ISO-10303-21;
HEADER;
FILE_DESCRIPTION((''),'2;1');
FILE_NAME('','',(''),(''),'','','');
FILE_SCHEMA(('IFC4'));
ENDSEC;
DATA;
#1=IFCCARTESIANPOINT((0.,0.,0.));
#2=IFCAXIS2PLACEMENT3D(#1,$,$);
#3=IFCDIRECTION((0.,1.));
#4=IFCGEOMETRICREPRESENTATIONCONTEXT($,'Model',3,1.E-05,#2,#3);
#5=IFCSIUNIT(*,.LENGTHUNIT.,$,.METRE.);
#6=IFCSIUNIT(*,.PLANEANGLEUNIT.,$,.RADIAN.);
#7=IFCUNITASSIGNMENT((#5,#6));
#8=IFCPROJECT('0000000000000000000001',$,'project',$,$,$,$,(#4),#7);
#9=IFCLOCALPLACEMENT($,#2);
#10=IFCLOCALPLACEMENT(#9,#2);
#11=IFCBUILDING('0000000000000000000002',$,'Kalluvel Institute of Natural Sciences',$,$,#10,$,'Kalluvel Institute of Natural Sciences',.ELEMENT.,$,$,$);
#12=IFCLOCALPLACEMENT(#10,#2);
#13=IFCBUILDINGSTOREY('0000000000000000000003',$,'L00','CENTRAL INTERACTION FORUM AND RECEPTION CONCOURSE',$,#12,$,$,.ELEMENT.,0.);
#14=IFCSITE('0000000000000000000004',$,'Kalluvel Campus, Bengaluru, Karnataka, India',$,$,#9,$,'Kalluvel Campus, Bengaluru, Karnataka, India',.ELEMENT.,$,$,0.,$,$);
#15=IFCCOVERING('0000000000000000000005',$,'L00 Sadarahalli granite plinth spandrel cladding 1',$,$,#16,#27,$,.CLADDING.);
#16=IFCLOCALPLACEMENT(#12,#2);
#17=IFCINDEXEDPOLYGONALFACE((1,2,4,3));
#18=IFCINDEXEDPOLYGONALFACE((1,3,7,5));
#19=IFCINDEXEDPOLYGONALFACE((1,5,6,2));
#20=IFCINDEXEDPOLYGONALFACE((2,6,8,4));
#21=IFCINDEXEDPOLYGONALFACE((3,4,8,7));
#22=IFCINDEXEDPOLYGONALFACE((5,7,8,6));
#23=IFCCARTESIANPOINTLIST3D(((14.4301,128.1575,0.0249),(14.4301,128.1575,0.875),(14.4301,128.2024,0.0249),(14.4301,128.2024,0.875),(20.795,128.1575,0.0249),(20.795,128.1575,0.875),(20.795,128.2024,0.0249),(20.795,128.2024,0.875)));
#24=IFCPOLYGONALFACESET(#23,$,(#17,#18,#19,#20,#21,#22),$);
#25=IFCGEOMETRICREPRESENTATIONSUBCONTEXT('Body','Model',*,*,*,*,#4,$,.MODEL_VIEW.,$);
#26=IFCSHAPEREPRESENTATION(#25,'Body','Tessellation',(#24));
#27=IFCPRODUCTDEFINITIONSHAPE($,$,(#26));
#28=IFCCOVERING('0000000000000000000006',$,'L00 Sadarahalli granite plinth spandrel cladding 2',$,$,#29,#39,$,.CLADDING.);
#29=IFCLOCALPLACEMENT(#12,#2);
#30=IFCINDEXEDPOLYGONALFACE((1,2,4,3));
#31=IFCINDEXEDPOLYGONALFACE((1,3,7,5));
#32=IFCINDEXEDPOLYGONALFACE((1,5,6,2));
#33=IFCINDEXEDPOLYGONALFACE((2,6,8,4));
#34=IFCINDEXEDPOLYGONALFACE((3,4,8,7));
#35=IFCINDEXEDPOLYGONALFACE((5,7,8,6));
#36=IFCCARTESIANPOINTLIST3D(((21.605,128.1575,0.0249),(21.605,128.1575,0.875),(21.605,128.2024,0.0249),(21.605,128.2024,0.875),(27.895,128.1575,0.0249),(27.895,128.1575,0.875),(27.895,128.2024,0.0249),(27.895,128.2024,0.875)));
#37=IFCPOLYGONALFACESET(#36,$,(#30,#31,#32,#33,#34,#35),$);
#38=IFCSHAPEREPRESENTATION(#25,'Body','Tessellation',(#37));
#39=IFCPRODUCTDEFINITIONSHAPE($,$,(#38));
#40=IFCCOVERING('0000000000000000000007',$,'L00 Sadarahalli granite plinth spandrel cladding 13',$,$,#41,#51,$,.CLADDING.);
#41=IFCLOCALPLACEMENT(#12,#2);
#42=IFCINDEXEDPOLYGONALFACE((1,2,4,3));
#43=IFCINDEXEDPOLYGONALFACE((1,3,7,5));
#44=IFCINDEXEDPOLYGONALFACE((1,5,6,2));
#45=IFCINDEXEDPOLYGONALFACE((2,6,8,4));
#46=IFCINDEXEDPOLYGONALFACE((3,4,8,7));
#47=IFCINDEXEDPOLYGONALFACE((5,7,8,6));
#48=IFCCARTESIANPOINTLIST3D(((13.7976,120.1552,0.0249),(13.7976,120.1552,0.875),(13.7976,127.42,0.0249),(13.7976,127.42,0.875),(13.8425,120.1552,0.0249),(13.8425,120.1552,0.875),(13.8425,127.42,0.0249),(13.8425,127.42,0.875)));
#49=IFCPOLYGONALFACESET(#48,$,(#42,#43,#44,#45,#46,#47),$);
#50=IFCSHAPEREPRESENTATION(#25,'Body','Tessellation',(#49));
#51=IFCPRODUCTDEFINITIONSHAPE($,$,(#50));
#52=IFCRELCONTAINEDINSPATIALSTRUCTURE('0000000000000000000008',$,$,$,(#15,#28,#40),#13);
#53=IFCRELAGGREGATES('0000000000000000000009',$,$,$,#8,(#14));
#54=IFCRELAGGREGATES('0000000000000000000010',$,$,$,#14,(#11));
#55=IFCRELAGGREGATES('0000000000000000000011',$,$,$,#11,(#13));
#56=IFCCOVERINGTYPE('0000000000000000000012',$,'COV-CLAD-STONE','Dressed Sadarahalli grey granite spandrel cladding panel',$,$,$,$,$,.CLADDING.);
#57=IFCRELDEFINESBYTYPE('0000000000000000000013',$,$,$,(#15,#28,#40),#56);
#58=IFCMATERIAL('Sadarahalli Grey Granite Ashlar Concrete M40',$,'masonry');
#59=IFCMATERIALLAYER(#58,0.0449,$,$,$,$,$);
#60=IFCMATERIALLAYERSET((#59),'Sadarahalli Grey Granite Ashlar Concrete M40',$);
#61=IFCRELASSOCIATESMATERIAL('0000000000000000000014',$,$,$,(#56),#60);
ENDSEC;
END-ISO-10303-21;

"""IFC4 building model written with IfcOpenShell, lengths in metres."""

from ifc_helpers import new_model, si_unit, direction, frame, origin, origin_2d, place, context, subcontext, project, spatial, rectangle, extrude, material, layer, layer_set, type_object, element, save


model = new_model("IFC4")

# Units and contexts
model_context = context("Model", 3, precision=1e-05, world=origin(), true_north=direction((0.0, 1.0)))
body_context = subcontext(model_context, "Body", "Model", "MODEL_VIEW")
ifc_project = project(units=[si_unit("LENGTHUNIT", "METRE"), si_unit("PLANEANGLEUNIT", "RADIAN")], contexts=[model_context])

# Site, building, storey
site_placement = place(None, origin())
site = spatial("IfcSite", under=ifc_project, at=site_placement, Name="Kalluvel Campus, Bengaluru, Karnataka, India", LongName="Kalluvel Campus, Bengaluru, Karnataka, India", CompositionType="ELEMENT", RefElevation=0.0)
building_placement = place(site_placement, origin())
building = spatial("IfcBuilding", under=site, at=building_placement, Name="Kalluvel Institute of Natural Sciences", LongName="Kalluvel Institute of Natural Sciences", CompositionType="ELEMENT")
storey_placement = place(building_placement, origin())
storey = spatial("IfcBuildingStorey", under=building, at=storey_placement, Name="L00", Description="CENTRAL INTERACTION FORUM AND RECEPTION CONCOURSE", CompositionType="ELEMENT", Elevation=0.0)

# Shared definitions
ifc_material_1 = material(Name="Sadarahalli Grey Granite Ashlar Concrete M40", Category="masonry")

# Coverings
ifc_layer_1 = layer(ifc_material_1, 0.0449)
ifc_layer_set_1 = layer_set([ifc_layer_1], Name="Sadarahalli Grey Granite Ashlar Concrete M40")
covering_type = type_object("IfcCoveringType", Name="COV-CLAD-STONE", Description="Dressed Sadarahalli grey granite spandrel cladding panel", PredefinedType="CLADDING", material=ifc_layer_set_1)
covering_1_placement = place(storey_placement, frame((17.6125, 128.1799, 0.0249), z_axis=(0.0, 0.0, 1.0), x_axis=(1.0, 0.0, 0.0)))
element("IfcCovering", 1, at=covering_1_placement, inside=storey, type_object=covering_type, Name="L00 Sadarahalli granite plinth spandrel cladding 1", PredefinedType="CLADDING", context=body_context, shape_type="SweptSolid", body=[
    extrude(rectangle(XDim=6.365, YDim=0.0449, at=origin_2d()), origin(), (0.0, 0.0, 1.0), 0.8501),
])
covering_2_placement = place(storey_placement, frame((24.75, 128.1799, 0.0249), z_axis=(0.0, 0.0, 1.0), x_axis=(1.0, 0.0, 0.0)))
element("IfcCovering", 2, at=covering_2_placement, inside=storey, type_object=covering_type, Name="L00 Sadarahalli granite plinth spandrel cladding 2", PredefinedType="CLADDING", context=body_context, shape_type="SweptSolid", body=[
    extrude(rectangle(XDim=6.29, YDim=0.0449, at=origin_2d()), origin(), (0.0, 0.0, 1.0), 0.8501),
])
covering_3_placement = place(storey_placement, frame((13.8201, 123.7876, 0.0249), z_axis=(0.0, 0.0, 1.0), x_axis=(0.0, 1.0, 0.0)))
element("IfcCovering", 3, at=covering_3_placement, inside=storey, type_object=covering_type, Name="L00 Sadarahalli granite plinth spandrel cladding 13", PredefinedType="CLADDING", context=body_context, shape_type="SweptSolid", body=[
    extrude(rectangle(XDim=7.2649, YDim=0.0449, at=origin_2d()), origin(), (0.0, 0.0, 1.0), 0.8501),
])

save(model, "model.ifc")
